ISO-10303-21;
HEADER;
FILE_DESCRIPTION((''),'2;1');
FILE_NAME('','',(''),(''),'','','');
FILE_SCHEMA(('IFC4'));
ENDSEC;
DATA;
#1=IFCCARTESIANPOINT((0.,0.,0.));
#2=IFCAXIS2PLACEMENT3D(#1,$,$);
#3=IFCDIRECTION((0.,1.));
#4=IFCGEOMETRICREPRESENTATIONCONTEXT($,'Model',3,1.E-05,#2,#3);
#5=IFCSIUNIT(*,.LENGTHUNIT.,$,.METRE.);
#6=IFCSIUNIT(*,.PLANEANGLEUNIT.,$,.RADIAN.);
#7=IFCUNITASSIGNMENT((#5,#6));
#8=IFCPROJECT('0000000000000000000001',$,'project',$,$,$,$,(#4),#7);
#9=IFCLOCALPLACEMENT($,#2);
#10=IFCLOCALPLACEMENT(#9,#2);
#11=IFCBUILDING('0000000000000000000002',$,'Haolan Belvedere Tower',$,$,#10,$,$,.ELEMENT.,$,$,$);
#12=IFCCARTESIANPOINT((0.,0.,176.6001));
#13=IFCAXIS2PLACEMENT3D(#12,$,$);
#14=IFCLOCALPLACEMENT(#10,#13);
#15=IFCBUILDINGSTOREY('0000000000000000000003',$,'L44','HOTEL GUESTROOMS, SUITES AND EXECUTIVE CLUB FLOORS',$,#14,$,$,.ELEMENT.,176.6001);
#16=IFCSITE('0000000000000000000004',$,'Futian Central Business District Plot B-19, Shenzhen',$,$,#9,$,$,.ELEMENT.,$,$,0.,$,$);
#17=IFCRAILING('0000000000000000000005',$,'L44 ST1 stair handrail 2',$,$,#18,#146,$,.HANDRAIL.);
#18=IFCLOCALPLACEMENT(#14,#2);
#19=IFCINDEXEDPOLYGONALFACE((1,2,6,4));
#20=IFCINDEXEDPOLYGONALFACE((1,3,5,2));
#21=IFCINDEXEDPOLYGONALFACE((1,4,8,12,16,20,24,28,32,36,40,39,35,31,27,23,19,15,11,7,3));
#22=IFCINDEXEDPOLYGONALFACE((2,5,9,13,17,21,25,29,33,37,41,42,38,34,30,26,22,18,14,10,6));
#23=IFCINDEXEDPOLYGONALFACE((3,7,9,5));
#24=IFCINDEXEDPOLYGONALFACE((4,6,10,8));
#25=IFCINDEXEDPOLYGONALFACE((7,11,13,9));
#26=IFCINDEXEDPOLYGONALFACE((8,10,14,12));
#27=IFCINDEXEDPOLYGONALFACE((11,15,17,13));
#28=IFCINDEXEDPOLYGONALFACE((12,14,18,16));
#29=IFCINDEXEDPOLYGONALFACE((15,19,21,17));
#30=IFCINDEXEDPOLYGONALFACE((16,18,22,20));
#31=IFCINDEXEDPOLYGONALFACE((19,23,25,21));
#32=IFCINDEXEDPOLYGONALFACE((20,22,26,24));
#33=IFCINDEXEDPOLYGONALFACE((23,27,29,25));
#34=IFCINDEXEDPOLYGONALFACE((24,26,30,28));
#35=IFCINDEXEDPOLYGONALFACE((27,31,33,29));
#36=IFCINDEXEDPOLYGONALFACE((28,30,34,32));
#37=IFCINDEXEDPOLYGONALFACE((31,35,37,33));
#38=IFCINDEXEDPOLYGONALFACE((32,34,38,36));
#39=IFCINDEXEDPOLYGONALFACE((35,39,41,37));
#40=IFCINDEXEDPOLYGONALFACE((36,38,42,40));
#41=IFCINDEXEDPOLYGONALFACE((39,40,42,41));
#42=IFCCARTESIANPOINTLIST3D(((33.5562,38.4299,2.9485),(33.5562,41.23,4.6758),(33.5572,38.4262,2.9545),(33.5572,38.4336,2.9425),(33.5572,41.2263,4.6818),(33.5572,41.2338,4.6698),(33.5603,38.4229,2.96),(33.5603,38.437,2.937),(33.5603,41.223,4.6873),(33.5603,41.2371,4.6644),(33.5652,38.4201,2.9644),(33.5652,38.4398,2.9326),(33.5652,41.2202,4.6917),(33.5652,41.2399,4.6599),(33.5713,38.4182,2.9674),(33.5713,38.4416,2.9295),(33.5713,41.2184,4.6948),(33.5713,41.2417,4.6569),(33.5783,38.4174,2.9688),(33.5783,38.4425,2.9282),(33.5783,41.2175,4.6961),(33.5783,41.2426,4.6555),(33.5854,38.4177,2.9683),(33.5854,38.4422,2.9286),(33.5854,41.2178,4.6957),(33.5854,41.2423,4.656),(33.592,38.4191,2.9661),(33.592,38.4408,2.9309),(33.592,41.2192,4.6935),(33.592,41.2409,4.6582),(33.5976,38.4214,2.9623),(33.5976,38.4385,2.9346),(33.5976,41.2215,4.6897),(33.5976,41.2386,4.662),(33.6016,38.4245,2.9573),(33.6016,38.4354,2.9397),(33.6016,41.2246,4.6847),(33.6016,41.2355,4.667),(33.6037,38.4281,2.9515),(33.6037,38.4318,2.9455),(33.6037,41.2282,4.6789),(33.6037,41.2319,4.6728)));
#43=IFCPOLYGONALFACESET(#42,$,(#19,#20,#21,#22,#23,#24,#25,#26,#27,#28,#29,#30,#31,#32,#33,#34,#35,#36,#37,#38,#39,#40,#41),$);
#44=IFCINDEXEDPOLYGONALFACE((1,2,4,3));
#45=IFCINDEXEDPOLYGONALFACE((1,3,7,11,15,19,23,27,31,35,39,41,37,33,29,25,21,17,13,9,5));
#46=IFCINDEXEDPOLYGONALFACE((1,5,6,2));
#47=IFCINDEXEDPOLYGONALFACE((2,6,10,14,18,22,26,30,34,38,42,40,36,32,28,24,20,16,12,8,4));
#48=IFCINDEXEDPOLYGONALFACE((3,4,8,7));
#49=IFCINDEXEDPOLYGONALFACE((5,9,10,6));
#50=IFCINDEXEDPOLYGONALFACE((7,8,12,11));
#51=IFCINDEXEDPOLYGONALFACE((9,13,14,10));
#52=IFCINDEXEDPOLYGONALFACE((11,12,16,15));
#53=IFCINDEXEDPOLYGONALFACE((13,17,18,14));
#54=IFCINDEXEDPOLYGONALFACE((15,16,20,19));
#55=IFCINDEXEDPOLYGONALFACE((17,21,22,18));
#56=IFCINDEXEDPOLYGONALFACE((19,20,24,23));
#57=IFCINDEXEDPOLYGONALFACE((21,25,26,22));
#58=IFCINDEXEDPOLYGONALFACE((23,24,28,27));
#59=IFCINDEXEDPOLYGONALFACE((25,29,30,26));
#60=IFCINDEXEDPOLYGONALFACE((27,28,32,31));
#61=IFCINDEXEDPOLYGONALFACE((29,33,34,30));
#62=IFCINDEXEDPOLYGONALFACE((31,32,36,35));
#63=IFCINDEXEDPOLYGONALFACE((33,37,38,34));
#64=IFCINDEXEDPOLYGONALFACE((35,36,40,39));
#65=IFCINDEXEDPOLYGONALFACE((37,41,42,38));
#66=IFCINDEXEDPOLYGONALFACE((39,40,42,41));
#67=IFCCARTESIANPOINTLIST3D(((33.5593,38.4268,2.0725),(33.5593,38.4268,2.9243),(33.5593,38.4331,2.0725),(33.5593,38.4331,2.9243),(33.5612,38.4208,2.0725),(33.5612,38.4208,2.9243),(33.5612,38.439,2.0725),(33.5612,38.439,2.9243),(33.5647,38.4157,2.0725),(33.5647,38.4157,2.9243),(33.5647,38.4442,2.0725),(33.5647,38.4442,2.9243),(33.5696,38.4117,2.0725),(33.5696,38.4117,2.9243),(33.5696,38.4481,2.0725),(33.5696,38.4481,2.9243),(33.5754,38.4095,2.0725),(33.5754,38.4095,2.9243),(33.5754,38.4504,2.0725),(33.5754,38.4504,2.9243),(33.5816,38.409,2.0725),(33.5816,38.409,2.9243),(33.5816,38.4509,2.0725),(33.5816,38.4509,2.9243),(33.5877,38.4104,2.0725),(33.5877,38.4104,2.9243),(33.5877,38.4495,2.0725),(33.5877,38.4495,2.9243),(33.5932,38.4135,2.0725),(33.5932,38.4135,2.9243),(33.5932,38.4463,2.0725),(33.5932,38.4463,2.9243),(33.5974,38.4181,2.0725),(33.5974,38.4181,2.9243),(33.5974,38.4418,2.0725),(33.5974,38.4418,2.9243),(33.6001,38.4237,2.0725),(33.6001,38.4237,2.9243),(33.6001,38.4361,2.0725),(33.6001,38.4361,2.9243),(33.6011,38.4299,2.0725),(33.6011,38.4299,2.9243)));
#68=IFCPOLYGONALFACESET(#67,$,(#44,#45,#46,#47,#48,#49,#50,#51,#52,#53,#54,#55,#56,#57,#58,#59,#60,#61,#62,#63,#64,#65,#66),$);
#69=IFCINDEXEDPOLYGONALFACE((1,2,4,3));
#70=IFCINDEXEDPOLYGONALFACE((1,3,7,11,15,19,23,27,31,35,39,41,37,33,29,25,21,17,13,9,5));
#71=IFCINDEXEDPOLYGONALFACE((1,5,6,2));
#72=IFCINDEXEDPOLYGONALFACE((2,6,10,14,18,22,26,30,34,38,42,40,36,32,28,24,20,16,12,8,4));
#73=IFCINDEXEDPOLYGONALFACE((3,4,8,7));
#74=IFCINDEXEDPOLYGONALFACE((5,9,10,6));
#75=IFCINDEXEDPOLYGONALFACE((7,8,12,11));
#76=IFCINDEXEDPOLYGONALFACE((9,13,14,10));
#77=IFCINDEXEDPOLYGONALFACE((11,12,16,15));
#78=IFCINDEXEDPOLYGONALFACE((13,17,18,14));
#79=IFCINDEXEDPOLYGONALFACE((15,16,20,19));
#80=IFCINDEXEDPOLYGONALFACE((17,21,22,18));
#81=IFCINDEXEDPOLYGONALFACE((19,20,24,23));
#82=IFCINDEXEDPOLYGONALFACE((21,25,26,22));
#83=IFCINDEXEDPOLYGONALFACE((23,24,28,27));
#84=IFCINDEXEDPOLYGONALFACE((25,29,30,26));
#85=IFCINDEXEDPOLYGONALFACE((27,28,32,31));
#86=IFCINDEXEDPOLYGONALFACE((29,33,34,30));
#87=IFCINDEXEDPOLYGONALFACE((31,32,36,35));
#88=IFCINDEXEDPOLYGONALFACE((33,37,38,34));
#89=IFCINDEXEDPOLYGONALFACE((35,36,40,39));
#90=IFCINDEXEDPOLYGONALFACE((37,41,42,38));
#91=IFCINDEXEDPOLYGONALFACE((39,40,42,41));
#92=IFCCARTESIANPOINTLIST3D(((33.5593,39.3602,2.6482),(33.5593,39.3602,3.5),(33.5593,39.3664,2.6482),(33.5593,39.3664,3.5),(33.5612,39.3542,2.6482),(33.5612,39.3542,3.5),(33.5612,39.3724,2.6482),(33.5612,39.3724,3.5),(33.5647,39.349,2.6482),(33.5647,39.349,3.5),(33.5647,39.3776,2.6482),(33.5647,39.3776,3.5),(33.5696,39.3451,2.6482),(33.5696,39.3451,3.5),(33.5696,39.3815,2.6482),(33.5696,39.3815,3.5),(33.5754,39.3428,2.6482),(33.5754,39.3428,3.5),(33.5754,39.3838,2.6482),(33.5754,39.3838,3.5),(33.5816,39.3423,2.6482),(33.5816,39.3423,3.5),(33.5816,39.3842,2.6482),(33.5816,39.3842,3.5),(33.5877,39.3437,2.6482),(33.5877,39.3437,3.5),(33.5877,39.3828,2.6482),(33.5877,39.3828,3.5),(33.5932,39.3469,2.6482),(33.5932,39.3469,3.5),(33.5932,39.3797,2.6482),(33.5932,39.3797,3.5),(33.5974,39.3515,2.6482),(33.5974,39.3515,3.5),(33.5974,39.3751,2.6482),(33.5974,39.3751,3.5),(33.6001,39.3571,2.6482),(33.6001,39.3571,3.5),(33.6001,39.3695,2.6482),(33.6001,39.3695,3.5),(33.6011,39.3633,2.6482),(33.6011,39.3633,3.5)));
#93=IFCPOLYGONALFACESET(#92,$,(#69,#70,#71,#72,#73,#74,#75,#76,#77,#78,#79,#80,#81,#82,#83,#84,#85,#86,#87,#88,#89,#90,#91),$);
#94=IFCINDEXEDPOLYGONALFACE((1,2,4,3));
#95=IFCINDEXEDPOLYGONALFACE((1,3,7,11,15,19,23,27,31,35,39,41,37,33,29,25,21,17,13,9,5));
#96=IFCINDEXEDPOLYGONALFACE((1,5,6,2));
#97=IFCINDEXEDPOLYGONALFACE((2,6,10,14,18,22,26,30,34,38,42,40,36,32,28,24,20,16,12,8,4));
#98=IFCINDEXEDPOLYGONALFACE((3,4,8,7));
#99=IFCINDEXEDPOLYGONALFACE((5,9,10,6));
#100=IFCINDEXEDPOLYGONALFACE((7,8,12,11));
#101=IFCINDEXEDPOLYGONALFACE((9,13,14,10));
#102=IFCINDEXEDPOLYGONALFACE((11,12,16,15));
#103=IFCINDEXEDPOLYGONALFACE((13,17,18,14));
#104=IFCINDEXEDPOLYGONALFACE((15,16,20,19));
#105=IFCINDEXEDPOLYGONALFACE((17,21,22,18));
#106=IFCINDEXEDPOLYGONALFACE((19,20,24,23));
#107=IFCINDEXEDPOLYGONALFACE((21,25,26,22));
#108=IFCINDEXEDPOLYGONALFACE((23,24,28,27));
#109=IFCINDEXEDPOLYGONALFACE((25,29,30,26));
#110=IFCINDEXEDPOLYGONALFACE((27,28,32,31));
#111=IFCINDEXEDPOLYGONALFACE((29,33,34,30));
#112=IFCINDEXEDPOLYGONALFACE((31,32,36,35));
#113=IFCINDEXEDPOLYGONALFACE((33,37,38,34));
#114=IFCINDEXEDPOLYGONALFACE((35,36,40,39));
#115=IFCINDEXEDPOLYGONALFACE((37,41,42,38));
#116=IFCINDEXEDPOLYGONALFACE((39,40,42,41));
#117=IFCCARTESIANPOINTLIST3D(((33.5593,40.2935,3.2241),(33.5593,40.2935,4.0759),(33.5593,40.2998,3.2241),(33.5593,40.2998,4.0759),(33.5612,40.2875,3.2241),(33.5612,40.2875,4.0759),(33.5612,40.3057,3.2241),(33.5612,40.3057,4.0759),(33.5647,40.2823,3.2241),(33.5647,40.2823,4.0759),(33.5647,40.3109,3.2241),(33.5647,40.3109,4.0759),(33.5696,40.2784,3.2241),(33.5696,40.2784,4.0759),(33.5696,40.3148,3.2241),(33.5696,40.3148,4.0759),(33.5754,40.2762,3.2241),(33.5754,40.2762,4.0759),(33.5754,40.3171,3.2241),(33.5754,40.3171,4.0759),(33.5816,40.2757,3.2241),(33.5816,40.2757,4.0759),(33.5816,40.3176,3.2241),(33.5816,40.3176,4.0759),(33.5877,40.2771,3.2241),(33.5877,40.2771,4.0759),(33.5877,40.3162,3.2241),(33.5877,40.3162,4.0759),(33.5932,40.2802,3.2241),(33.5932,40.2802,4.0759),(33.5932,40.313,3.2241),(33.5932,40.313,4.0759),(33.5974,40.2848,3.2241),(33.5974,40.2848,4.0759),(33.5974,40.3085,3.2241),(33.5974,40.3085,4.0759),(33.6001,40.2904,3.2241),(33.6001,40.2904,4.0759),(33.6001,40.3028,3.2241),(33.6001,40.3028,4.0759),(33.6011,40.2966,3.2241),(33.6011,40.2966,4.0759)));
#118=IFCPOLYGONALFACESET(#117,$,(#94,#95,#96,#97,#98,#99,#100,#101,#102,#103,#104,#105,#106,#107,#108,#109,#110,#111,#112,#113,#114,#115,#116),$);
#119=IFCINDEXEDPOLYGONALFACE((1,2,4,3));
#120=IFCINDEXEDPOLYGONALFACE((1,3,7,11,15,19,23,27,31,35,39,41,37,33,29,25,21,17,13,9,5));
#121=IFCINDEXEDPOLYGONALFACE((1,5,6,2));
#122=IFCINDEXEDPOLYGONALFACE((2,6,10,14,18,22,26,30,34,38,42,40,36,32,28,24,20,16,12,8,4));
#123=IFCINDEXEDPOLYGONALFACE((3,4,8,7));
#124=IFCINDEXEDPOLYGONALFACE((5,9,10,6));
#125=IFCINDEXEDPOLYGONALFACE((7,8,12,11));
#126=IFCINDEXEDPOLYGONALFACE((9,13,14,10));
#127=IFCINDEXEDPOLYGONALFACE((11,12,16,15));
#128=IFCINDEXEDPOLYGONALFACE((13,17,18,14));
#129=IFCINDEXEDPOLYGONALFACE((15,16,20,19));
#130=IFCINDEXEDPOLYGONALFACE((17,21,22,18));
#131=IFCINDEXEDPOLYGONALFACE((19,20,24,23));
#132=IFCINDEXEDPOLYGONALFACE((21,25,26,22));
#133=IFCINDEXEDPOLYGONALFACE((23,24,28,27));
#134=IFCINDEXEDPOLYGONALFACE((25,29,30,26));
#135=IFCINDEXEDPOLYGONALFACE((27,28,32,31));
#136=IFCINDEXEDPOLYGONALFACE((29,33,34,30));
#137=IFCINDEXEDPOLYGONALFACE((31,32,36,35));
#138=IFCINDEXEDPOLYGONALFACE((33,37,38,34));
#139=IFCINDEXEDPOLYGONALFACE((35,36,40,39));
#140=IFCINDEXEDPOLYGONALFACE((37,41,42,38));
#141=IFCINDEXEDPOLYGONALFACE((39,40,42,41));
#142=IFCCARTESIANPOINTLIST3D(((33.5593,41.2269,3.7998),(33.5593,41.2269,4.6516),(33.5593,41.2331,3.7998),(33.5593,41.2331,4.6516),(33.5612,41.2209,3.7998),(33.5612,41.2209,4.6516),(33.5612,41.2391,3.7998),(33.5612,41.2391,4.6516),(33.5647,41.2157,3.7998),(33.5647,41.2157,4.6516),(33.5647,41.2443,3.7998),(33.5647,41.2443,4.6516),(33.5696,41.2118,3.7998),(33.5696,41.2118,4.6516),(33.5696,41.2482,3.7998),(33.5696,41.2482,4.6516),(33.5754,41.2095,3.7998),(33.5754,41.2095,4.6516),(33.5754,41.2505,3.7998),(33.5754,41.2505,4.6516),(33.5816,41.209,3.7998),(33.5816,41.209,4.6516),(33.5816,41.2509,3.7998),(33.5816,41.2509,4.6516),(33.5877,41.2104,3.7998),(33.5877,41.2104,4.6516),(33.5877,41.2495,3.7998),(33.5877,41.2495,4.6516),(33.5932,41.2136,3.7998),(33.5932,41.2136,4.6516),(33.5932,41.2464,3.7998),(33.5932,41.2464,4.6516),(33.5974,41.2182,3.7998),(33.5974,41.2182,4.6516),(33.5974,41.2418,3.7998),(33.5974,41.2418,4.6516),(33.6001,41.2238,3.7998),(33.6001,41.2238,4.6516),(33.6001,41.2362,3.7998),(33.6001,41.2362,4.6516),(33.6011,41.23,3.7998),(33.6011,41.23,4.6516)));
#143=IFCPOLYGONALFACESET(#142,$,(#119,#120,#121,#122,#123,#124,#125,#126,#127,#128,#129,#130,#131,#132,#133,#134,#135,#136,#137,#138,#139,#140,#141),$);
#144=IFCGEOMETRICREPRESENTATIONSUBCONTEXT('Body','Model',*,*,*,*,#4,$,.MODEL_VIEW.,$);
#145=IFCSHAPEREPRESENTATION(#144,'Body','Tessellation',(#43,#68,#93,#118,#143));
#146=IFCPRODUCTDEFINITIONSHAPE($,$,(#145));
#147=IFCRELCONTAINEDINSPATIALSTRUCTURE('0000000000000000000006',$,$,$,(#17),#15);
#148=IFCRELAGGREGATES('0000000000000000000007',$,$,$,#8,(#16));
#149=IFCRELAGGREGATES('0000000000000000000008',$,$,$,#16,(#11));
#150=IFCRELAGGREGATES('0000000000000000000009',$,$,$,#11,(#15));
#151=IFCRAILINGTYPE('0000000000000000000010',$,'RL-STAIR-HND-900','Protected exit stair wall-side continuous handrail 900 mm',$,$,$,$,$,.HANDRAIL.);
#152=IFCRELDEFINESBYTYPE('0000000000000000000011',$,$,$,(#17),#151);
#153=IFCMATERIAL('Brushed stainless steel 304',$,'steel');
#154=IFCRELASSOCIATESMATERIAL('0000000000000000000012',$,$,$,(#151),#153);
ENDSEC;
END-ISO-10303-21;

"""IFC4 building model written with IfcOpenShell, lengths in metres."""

from ifc_helpers import new_model, si_unit, direction, frame, origin, origin_2d, place, context, subcontext, project, spatial, circle, extrude, material, type_object, element, save


model = new_model("IFC4")

# Units and contexts
model_context = context("Model", 3, precision=1e-05, world=origin(), true_north=direction((0.0, 1.0)))
body_context = subcontext(model_context, "Body", "Model", "MODEL_VIEW")
ifc_project = project(units=[si_unit("LENGTHUNIT", "METRE"), si_unit("PLANEANGLEUNIT", "RADIAN")], contexts=[model_context])

# Site, building, storey
site_placement = place(None, origin())
site = spatial("IfcSite", under=ifc_project, at=site_placement, Name="Futian Central Business District Plot B-19, Shenzhen", CompositionType="ELEMENT", RefElevation=0.0)
building_placement = place(site_placement, origin())
building = spatial("IfcBuilding", under=site, at=building_placement, Name="Haolan Belvedere Tower", CompositionType="ELEMENT")
storey_placement = place(building_placement, frame((0.0, 0.0, 176.6001)))
storey = spatial("IfcBuildingStorey", under=building, at=storey_placement, Name="L44", Description="HOTEL GUESTROOMS, SUITES AND EXECUTIVE CLUB FLOORS", CompositionType="ELEMENT", Elevation=176.6001)

# Railing
ifc_material_1 = material(Name="Brushed stainless steel 304", Category="steel")
railing_type_1 = type_object("IfcRailingType", Name="RL-STAIR-HND-900", Description="Protected exit stair wall-side continuous handrail 900 mm", PredefinedType="HANDRAIL", material=ifc_material_1)
railing_1_placement = place(storey_placement, frame((33.5801, 38.4299, 2.0725)))
element("IfcRailing", 1, at=railing_1_placement, inside=storey, type_object=railing_type_1, Name="L44 ST1 stair handrail 2", PredefinedType="HANDRAIL", context=body_context, shape_type="SweptSolid", body=[
    extrude(circle(Radius=0.0239, at=origin_2d()), frame((0.0, 0.0, 0.876), z_axis=(0.0, 0.85109, 0.52502), x_axis=(-1.0, 0.0, 0.0)), (0.0, 0.0, 1.0), 3.29),
    extrude(circle(Radius=0.021, at=origin_2d()), origin(), (0.0, 0.0, 1.0), 0.8518),
    extrude(circle(Radius=0.021, at=origin_2d()), frame((0.0, 0.9333, 0.5757)), (0.0, 0.0, 1.0), 0.8518),
    extrude(circle(Radius=0.021, at=origin_2d()), frame((0.0, 1.8667, 1.1516)), (0.0, 0.0, 1.0), 0.8518),
    extrude(circle(Radius=0.021, at=origin_2d()), frame((0.0, 2.8, 1.7273)), (0.0, 0.0, 1.0), 0.8518),
])

save(model, "model.ifc")
